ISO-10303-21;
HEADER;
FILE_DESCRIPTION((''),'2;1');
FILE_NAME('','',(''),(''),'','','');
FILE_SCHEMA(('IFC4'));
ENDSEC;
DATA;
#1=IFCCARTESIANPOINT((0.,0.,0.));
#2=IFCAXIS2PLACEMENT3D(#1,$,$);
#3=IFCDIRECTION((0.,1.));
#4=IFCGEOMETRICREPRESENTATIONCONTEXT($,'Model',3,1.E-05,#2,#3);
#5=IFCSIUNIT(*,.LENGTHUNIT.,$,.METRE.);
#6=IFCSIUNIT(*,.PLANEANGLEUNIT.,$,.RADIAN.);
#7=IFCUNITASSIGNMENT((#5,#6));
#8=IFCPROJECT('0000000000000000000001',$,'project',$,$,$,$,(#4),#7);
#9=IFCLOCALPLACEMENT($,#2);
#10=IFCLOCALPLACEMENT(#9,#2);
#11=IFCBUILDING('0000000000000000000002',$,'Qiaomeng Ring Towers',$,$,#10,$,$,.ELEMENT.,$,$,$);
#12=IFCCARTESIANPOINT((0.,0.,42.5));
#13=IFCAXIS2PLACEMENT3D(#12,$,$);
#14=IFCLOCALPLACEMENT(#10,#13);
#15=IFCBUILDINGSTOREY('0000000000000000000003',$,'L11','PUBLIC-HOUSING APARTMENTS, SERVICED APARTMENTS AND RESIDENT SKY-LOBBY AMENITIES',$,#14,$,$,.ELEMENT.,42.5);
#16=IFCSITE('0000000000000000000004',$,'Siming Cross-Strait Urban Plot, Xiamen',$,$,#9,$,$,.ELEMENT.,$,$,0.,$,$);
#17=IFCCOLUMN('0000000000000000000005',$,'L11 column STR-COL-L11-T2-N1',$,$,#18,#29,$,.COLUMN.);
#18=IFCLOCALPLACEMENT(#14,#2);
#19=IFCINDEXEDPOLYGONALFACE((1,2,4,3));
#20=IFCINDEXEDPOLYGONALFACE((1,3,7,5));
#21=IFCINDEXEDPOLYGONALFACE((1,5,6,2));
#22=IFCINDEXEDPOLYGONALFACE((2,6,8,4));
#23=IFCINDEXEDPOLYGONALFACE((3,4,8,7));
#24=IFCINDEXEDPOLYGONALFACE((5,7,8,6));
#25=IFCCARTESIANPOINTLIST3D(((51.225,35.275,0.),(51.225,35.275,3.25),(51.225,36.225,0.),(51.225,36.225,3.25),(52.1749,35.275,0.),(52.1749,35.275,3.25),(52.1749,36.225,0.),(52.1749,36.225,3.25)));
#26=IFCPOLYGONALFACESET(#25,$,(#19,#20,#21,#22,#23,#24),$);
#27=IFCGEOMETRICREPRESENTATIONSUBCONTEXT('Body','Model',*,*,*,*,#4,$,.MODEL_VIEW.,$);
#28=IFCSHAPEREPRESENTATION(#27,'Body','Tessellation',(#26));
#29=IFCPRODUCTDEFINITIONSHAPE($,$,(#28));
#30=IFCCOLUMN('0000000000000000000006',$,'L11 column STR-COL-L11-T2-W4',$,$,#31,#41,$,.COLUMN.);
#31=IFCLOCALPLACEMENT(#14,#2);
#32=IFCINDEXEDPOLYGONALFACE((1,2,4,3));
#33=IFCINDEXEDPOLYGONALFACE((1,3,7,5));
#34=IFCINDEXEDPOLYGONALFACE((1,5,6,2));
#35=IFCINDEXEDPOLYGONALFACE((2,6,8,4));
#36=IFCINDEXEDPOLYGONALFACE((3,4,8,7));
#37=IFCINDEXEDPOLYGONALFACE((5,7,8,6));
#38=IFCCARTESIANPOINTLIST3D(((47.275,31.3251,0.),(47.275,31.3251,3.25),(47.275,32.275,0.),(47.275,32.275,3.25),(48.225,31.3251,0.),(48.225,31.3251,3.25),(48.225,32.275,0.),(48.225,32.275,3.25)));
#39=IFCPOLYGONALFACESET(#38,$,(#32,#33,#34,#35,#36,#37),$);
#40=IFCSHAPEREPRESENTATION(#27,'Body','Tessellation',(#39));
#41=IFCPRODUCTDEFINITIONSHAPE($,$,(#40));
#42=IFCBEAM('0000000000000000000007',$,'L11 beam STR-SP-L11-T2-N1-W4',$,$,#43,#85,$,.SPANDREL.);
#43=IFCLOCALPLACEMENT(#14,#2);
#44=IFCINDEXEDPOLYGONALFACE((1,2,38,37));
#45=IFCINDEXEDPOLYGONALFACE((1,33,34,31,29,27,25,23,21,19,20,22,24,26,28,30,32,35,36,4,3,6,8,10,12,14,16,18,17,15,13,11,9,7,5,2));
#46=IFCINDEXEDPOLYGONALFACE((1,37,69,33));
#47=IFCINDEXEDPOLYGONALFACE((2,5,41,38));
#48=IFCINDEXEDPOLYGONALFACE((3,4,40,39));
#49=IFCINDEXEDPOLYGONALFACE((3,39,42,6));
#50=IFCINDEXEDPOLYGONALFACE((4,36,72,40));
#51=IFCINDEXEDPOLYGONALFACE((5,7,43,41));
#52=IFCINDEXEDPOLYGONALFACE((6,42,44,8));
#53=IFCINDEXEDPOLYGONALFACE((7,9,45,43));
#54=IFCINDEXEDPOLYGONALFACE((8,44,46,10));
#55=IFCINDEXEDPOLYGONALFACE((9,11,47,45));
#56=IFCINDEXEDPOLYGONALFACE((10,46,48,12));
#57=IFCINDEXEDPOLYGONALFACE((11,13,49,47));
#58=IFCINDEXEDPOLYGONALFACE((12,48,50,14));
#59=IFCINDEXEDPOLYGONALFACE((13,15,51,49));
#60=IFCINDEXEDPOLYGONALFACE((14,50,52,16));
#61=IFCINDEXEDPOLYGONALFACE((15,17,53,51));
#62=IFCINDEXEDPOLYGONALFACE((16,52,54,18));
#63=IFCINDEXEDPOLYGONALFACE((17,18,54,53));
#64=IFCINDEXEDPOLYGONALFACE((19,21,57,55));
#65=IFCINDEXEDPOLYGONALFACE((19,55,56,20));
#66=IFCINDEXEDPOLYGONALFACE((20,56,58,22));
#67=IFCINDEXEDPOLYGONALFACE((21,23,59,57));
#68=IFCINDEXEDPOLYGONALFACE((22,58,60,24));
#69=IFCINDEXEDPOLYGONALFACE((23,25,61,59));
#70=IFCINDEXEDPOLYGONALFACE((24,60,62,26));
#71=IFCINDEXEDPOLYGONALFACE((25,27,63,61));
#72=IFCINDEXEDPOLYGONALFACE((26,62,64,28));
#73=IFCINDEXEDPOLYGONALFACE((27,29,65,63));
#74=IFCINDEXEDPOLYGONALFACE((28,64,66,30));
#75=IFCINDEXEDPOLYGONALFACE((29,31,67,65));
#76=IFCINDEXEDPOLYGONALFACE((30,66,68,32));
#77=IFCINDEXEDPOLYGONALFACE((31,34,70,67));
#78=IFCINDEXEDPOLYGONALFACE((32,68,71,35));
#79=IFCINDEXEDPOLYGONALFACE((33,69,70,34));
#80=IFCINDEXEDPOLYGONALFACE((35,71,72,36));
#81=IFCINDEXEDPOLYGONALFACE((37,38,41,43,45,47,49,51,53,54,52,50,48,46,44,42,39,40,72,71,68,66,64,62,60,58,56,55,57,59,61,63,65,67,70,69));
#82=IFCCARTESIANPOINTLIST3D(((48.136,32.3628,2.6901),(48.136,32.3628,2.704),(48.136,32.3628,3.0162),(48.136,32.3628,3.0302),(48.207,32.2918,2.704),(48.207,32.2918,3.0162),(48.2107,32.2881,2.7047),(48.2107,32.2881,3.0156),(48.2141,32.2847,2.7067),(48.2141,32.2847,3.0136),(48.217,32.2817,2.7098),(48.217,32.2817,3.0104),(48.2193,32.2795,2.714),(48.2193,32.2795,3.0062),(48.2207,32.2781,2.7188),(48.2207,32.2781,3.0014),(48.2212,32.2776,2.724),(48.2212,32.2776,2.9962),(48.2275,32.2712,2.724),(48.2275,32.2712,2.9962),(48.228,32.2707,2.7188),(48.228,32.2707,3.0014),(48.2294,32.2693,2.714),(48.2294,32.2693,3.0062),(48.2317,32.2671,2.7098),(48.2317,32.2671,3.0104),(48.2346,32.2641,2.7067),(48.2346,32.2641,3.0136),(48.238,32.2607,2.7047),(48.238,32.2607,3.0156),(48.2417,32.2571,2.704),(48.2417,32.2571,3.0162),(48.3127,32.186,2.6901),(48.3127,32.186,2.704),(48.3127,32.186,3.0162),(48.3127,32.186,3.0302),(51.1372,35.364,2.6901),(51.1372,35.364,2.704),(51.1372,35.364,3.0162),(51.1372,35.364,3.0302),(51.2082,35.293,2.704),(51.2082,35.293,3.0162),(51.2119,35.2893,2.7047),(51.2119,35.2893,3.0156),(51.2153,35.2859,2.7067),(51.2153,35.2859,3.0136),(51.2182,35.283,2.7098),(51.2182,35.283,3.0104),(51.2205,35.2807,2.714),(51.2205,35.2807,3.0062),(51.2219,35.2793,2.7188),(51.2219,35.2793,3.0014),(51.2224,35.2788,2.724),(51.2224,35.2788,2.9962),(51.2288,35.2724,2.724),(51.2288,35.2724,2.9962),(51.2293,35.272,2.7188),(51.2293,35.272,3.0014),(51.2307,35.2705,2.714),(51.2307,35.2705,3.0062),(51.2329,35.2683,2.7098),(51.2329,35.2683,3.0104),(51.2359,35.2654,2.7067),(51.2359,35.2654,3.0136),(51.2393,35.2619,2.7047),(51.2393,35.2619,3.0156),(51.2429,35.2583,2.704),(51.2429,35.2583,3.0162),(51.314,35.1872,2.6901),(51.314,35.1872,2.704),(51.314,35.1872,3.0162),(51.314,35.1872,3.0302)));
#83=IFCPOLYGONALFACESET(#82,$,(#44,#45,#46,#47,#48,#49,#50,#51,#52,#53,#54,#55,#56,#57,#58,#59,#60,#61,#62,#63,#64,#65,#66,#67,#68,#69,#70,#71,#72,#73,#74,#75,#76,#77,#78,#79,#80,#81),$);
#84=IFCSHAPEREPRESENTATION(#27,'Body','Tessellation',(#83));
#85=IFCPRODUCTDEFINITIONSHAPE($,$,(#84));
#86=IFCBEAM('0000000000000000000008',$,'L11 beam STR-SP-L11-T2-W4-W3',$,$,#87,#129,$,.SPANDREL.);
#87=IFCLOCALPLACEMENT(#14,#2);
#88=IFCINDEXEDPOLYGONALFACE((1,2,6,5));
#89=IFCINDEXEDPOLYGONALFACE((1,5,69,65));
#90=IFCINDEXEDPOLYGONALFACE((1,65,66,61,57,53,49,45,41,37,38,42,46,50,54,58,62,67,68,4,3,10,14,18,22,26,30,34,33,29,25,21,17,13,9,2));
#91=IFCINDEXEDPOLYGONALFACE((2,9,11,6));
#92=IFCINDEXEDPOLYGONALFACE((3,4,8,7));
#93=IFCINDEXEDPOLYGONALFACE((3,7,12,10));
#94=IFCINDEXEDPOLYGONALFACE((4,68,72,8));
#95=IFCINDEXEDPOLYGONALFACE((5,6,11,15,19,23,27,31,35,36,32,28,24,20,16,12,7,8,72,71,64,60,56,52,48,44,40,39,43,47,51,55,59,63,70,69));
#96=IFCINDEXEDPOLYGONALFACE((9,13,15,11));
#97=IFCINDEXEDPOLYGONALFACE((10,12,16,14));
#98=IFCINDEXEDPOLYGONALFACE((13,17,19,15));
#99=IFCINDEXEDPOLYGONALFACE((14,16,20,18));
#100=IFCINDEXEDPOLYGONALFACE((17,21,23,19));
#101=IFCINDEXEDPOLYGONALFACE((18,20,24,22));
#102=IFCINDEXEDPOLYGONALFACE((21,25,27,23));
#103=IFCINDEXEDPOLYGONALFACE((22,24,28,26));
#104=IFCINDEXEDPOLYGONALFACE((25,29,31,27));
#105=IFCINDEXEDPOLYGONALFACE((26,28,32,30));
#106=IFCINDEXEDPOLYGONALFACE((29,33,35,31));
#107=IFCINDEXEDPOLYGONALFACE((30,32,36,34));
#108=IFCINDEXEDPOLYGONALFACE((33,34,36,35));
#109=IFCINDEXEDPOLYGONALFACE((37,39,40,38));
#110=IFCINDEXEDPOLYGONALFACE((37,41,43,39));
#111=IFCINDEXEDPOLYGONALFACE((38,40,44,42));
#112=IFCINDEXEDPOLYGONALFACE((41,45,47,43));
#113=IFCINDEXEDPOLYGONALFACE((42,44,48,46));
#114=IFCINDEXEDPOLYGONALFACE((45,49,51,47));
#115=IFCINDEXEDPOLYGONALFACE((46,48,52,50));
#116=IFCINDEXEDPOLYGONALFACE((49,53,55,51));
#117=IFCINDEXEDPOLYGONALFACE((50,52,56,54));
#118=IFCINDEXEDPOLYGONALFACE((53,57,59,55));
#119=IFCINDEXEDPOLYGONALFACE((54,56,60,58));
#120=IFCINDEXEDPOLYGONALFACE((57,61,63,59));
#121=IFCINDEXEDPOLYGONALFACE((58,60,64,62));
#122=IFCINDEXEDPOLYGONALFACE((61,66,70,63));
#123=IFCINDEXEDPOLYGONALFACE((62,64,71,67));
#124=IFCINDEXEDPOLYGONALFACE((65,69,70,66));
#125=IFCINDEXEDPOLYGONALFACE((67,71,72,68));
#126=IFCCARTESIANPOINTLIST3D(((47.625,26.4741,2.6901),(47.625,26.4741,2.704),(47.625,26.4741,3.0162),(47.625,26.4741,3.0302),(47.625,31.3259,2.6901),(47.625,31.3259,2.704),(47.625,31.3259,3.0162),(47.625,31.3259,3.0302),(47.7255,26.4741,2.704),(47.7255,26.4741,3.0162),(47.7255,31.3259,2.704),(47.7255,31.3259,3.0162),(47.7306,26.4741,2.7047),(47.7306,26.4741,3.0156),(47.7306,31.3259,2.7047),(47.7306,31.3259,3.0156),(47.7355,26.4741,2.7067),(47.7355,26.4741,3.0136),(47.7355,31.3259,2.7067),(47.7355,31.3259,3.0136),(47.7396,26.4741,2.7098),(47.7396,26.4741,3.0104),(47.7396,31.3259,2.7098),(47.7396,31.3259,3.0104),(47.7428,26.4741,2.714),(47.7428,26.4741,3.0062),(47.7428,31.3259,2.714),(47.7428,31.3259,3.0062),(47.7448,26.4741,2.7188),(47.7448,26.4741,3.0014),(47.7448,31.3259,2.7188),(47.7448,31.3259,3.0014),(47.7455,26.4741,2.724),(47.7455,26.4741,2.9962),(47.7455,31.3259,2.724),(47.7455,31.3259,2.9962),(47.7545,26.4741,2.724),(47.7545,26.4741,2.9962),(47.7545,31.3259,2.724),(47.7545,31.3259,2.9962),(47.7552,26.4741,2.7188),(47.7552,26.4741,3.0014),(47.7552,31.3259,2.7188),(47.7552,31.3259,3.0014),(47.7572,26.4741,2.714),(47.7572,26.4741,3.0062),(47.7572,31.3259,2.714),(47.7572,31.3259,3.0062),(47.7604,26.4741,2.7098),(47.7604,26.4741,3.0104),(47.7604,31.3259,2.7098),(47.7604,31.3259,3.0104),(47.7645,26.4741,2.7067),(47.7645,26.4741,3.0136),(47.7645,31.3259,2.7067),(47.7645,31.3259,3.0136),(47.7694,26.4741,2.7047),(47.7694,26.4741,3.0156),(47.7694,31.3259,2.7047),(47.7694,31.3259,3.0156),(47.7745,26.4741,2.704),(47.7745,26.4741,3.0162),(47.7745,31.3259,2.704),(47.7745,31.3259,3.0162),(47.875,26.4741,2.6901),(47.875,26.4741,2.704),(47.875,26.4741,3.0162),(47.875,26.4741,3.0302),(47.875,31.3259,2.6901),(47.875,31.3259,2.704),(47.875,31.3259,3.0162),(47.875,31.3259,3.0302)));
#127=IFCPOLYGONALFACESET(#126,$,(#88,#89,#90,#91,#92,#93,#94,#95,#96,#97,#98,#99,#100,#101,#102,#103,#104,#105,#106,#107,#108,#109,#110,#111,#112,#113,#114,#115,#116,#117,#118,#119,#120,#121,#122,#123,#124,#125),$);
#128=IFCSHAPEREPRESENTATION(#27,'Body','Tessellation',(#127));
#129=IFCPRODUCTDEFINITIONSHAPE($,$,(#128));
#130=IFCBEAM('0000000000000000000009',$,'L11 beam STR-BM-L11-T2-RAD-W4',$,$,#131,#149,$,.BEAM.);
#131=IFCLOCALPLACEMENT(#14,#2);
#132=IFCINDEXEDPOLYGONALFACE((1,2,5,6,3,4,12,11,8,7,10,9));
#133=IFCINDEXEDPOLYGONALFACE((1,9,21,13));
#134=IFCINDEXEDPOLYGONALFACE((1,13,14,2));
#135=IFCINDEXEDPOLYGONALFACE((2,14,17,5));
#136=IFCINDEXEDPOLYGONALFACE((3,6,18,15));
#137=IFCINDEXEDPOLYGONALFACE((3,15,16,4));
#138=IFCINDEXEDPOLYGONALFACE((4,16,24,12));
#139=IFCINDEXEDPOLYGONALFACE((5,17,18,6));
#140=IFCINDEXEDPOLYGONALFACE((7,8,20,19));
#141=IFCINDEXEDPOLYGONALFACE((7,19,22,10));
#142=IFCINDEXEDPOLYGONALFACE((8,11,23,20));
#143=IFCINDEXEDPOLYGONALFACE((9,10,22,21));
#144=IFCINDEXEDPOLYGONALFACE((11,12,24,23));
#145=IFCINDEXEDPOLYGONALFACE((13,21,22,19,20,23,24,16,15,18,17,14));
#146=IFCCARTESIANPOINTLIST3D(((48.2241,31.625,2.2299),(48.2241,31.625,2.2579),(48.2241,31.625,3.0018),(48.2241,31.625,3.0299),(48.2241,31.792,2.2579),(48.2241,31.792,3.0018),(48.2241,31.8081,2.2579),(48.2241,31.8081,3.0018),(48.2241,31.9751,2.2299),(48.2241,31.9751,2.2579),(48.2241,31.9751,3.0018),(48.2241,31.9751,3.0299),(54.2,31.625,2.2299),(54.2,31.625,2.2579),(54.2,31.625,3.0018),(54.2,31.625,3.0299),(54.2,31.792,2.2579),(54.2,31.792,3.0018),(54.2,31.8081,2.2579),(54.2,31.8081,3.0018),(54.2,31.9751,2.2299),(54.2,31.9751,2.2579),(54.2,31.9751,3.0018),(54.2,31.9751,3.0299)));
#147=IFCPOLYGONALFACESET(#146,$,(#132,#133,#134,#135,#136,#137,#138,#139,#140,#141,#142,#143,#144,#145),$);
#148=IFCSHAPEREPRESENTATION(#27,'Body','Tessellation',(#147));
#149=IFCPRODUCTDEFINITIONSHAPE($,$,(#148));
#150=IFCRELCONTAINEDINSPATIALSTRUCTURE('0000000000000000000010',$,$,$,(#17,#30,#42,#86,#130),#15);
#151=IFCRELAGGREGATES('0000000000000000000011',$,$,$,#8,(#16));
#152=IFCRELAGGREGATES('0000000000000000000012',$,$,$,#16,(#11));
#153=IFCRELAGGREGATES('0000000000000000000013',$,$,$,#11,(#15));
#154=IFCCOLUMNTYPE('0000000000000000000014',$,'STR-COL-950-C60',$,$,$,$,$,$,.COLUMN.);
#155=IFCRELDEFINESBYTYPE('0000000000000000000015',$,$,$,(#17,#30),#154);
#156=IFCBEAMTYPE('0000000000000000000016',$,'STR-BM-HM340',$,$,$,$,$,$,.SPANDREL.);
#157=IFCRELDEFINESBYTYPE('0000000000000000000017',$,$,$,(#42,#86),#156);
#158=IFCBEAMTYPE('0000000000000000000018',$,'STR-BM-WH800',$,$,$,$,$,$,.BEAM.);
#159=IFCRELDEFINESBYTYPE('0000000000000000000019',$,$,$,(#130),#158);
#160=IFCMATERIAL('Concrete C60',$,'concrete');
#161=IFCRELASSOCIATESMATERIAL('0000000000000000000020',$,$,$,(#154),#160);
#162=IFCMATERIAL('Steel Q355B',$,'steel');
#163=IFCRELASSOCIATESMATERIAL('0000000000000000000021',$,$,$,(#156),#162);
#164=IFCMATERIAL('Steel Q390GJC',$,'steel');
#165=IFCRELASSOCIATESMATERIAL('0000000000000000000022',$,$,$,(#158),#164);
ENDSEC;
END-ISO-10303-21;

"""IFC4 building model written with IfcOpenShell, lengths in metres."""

from ifc_helpers import new_model, si_unit, direction, frame, origin, origin_2d, place, context, subcontext, project, spatial, rectangle, i_section, extrude, source, transform, mapped, material, material_profile, profile_set, type_object, element, save


model = new_model("IFC4")

# Units and contexts
model_context = context("Model", 3, precision=1e-05, world=origin(), true_north=direction((0.0, 1.0)))
body_context = subcontext(model_context, "Body", "Model", "MODEL_VIEW")
ifc_project = project(units=[si_unit("LENGTHUNIT", "METRE"), si_unit("PLANEANGLEUNIT", "RADIAN")], contexts=[model_context])

# Site, building, storey
site_placement = place(None, origin())
site = spatial("IfcSite", under=ifc_project, at=site_placement, Name="Siming Cross-Strait Urban Plot, Xiamen", CompositionType="ELEMENT", RefElevation=0.0)
building_placement = place(site_placement, origin())
building = spatial("IfcBuilding", under=site, at=building_placement, Name="Qiaomeng Ring Towers", CompositionType="ELEMENT")
storey_placement = place(building_placement, frame((0.0, 0.0, 42.5)))
storey = spatial("IfcBuildingStorey", under=building, at=storey_placement, Name="L11", Description="PUBLIC-HOUSING APARTMENTS, SERVICED APARTMENTS AND RESIDENT SKY-LOBBY AMENITIES", CompositionType="ELEMENT", Elevation=42.5)

# Columns
ifc_material_1 = material(Name="Concrete C60", Category="concrete")
ifc_material_profile_1 = material_profile(ifc_material_1, rectangle(XDim=0.95, YDim=0.95, at=origin_2d()), Name="RC COL 950x950")
ifc_profile_set_1 = profile_set([ifc_material_profile_1], Name="Concrete C60")
column_type = type_object("IfcColumnType", Name="STR-COL-950-C60", PredefinedType="COLUMN", material=ifc_profile_set_1)
shared_shape_1 = source(origin(), body_context, "Body", "SweptSolid", [
    extrude(rectangle(XDim=0.95, YDim=0.95, at=origin_2d()), origin(), (0.0, 0.0, 1.0), 3.25),
])
for number, where, z_axis, x_axis, name in (
    (1, (51.7, 35.75, 0.0), (0.0, 0.0, 1.0), (1.0, 0.0, 0.0), "L11 column STR-COL-L11-T2-N1"),
    (2, (47.75, 31.8, 0.0), (0.0, 0.0, 1.0), (1.0, 0.0, 0.0), "L11 column STR-COL-L11-T2-W4"),
):
    element("IfcColumn", number, at=place(storey_placement, frame(where, z_axis=z_axis, x_axis=x_axis)), inside=storey, type_object=column_type, Name=name, PredefinedType="COLUMN", context=body_context, shape_type="MappedRepresentation", body=[
        mapped(shared_shape_1, transform((0.0, 0.0, 0.0), x_axis=(1.0, 0.0, 0.0), y_axis=(0.0, 1.0, 0.0), z_axis=(0.0, 0.0, 1.0), scale=1.0)),
    ])

# Beams
ifc_material_2 = material(Name="Steel Q355B", Category="steel")
ifc_material_profile_2 = material_profile(ifc_material_2, i_section(OverallWidth=0.25, OverallDepth=0.3401, WebThickness=0.009, FlangeThickness=0.0139, FilletRadius=0.02, at=origin_2d()), Name="HM 340x250x9x14")
ifc_profile_set_2 = profile_set([ifc_material_profile_2], Name="Steel Q355B")
beam_type_1 = type_object("IfcBeamType", Name="STR-BM-HM340", PredefinedType="SPANDREL", material=ifc_profile_set_2)
shared_shape_2 = source(origin(), body_context, "Body", "SweptSolid", [
    extrude(i_section(OverallWidth=0.25, OverallDepth=0.3401, WebThickness=0.009, FlangeThickness=0.0139, FilletRadius=0.02, at=origin_2d()), origin(), (0.0, 0.0, 1.0), 4.2444),
])
beam_1_placement = place(storey_placement, frame((51.2256, 35.2756, 2.8601), z_axis=(-0.707107, -0.707107, 0.0), x_axis=(0.707107, -0.707107, 0.0)))
element("IfcBeam", 3, at=beam_1_placement, inside=storey, type_object=beam_type_1, Name="L11 beam STR-SP-L11-T2-N1-W4", PredefinedType="SPANDREL", context=body_context, shape_type="MappedRepresentation", body=[
    mapped(shared_shape_2, transform((0.0, 0.0, 0.0), x_axis=(1.0, 0.0, 0.0), y_axis=(0.0, 1.0, 0.0), z_axis=(0.0, 0.0, 1.0), scale=1.0)),
])
shared_shape_3 = source(origin(), body_context, "Body", "SweptSolid", [
    extrude(i_section(OverallWidth=0.25, OverallDepth=0.3401, WebThickness=0.009, FlangeThickness=0.0139, FilletRadius=0.02, at=origin_2d()), origin(), (0.0, 0.0, 1.0), 4.8518),
])
beam_2_placement = place(storey_placement, frame((47.75, 31.3259, 2.8601), z_axis=(0.0, -1.0, 0.0), x_axis=(1.0, 0.0, 0.0)))
element("IfcBeam", 4, at=beam_2_placement, inside=storey, type_object=beam_type_1, Name="L11 beam STR-SP-L11-T2-W4-W3", PredefinedType="SPANDREL", context=body_context, shape_type="MappedRepresentation", body=[
    mapped(shared_shape_3, transform((0.0, 0.0, 0.0), x_axis=(1.0, 0.0, 0.0), y_axis=(0.0, 1.0, 0.0), z_axis=(0.0, 0.0, 1.0), scale=1.0)),
])
ifc_material_3 = material(Name="Steel Q390GJC", Category="steel")
ifc_material_profile_3 = material_profile(ifc_material_3, i_section(OverallWidth=0.3501, OverallDepth=0.8, WebThickness=0.0161, FlangeThickness=0.0281, at=origin_2d()), Name="WH 800x350x16x28")
ifc_profile_set_3 = profile_set([ifc_material_profile_3], Name="Steel Q390GJC")
beam_type_2 = type_object("IfcBeamType", Name="STR-BM-WH800", PredefinedType="BEAM", material=ifc_profile_set_3)
shared_shape_4 = source(origin(), body_context, "Body", "SweptSolid", [
    extrude(i_section(OverallWidth=0.3501, OverallDepth=0.8, WebThickness=0.0161, FlangeThickness=0.0281, at=origin_2d()), origin(), (0.0, 0.0, 1.0), 5.9758),
])
beam_3_placement = place(storey_placement, frame((48.2241, 31.8, 2.6299), z_axis=(1.0, 0.0, 0.0), x_axis=(0.0, 1.0, 0.0)))
element("IfcBeam", 5, at=beam_3_placement, inside=storey, type_object=beam_type_2, Name="L11 beam STR-BM-L11-T2-RAD-W4", PredefinedType="BEAM", context=body_context, shape_type="MappedRepresentation", body=[
    mapped(shared_shape_4, transform((0.0, 0.0, 0.0), x_axis=(1.0, 0.0, 0.0), y_axis=(0.0, 1.0, 0.0), z_axis=(0.0, 0.0, 1.0), scale=1.0)),
])

save(model, "model.ifc")
